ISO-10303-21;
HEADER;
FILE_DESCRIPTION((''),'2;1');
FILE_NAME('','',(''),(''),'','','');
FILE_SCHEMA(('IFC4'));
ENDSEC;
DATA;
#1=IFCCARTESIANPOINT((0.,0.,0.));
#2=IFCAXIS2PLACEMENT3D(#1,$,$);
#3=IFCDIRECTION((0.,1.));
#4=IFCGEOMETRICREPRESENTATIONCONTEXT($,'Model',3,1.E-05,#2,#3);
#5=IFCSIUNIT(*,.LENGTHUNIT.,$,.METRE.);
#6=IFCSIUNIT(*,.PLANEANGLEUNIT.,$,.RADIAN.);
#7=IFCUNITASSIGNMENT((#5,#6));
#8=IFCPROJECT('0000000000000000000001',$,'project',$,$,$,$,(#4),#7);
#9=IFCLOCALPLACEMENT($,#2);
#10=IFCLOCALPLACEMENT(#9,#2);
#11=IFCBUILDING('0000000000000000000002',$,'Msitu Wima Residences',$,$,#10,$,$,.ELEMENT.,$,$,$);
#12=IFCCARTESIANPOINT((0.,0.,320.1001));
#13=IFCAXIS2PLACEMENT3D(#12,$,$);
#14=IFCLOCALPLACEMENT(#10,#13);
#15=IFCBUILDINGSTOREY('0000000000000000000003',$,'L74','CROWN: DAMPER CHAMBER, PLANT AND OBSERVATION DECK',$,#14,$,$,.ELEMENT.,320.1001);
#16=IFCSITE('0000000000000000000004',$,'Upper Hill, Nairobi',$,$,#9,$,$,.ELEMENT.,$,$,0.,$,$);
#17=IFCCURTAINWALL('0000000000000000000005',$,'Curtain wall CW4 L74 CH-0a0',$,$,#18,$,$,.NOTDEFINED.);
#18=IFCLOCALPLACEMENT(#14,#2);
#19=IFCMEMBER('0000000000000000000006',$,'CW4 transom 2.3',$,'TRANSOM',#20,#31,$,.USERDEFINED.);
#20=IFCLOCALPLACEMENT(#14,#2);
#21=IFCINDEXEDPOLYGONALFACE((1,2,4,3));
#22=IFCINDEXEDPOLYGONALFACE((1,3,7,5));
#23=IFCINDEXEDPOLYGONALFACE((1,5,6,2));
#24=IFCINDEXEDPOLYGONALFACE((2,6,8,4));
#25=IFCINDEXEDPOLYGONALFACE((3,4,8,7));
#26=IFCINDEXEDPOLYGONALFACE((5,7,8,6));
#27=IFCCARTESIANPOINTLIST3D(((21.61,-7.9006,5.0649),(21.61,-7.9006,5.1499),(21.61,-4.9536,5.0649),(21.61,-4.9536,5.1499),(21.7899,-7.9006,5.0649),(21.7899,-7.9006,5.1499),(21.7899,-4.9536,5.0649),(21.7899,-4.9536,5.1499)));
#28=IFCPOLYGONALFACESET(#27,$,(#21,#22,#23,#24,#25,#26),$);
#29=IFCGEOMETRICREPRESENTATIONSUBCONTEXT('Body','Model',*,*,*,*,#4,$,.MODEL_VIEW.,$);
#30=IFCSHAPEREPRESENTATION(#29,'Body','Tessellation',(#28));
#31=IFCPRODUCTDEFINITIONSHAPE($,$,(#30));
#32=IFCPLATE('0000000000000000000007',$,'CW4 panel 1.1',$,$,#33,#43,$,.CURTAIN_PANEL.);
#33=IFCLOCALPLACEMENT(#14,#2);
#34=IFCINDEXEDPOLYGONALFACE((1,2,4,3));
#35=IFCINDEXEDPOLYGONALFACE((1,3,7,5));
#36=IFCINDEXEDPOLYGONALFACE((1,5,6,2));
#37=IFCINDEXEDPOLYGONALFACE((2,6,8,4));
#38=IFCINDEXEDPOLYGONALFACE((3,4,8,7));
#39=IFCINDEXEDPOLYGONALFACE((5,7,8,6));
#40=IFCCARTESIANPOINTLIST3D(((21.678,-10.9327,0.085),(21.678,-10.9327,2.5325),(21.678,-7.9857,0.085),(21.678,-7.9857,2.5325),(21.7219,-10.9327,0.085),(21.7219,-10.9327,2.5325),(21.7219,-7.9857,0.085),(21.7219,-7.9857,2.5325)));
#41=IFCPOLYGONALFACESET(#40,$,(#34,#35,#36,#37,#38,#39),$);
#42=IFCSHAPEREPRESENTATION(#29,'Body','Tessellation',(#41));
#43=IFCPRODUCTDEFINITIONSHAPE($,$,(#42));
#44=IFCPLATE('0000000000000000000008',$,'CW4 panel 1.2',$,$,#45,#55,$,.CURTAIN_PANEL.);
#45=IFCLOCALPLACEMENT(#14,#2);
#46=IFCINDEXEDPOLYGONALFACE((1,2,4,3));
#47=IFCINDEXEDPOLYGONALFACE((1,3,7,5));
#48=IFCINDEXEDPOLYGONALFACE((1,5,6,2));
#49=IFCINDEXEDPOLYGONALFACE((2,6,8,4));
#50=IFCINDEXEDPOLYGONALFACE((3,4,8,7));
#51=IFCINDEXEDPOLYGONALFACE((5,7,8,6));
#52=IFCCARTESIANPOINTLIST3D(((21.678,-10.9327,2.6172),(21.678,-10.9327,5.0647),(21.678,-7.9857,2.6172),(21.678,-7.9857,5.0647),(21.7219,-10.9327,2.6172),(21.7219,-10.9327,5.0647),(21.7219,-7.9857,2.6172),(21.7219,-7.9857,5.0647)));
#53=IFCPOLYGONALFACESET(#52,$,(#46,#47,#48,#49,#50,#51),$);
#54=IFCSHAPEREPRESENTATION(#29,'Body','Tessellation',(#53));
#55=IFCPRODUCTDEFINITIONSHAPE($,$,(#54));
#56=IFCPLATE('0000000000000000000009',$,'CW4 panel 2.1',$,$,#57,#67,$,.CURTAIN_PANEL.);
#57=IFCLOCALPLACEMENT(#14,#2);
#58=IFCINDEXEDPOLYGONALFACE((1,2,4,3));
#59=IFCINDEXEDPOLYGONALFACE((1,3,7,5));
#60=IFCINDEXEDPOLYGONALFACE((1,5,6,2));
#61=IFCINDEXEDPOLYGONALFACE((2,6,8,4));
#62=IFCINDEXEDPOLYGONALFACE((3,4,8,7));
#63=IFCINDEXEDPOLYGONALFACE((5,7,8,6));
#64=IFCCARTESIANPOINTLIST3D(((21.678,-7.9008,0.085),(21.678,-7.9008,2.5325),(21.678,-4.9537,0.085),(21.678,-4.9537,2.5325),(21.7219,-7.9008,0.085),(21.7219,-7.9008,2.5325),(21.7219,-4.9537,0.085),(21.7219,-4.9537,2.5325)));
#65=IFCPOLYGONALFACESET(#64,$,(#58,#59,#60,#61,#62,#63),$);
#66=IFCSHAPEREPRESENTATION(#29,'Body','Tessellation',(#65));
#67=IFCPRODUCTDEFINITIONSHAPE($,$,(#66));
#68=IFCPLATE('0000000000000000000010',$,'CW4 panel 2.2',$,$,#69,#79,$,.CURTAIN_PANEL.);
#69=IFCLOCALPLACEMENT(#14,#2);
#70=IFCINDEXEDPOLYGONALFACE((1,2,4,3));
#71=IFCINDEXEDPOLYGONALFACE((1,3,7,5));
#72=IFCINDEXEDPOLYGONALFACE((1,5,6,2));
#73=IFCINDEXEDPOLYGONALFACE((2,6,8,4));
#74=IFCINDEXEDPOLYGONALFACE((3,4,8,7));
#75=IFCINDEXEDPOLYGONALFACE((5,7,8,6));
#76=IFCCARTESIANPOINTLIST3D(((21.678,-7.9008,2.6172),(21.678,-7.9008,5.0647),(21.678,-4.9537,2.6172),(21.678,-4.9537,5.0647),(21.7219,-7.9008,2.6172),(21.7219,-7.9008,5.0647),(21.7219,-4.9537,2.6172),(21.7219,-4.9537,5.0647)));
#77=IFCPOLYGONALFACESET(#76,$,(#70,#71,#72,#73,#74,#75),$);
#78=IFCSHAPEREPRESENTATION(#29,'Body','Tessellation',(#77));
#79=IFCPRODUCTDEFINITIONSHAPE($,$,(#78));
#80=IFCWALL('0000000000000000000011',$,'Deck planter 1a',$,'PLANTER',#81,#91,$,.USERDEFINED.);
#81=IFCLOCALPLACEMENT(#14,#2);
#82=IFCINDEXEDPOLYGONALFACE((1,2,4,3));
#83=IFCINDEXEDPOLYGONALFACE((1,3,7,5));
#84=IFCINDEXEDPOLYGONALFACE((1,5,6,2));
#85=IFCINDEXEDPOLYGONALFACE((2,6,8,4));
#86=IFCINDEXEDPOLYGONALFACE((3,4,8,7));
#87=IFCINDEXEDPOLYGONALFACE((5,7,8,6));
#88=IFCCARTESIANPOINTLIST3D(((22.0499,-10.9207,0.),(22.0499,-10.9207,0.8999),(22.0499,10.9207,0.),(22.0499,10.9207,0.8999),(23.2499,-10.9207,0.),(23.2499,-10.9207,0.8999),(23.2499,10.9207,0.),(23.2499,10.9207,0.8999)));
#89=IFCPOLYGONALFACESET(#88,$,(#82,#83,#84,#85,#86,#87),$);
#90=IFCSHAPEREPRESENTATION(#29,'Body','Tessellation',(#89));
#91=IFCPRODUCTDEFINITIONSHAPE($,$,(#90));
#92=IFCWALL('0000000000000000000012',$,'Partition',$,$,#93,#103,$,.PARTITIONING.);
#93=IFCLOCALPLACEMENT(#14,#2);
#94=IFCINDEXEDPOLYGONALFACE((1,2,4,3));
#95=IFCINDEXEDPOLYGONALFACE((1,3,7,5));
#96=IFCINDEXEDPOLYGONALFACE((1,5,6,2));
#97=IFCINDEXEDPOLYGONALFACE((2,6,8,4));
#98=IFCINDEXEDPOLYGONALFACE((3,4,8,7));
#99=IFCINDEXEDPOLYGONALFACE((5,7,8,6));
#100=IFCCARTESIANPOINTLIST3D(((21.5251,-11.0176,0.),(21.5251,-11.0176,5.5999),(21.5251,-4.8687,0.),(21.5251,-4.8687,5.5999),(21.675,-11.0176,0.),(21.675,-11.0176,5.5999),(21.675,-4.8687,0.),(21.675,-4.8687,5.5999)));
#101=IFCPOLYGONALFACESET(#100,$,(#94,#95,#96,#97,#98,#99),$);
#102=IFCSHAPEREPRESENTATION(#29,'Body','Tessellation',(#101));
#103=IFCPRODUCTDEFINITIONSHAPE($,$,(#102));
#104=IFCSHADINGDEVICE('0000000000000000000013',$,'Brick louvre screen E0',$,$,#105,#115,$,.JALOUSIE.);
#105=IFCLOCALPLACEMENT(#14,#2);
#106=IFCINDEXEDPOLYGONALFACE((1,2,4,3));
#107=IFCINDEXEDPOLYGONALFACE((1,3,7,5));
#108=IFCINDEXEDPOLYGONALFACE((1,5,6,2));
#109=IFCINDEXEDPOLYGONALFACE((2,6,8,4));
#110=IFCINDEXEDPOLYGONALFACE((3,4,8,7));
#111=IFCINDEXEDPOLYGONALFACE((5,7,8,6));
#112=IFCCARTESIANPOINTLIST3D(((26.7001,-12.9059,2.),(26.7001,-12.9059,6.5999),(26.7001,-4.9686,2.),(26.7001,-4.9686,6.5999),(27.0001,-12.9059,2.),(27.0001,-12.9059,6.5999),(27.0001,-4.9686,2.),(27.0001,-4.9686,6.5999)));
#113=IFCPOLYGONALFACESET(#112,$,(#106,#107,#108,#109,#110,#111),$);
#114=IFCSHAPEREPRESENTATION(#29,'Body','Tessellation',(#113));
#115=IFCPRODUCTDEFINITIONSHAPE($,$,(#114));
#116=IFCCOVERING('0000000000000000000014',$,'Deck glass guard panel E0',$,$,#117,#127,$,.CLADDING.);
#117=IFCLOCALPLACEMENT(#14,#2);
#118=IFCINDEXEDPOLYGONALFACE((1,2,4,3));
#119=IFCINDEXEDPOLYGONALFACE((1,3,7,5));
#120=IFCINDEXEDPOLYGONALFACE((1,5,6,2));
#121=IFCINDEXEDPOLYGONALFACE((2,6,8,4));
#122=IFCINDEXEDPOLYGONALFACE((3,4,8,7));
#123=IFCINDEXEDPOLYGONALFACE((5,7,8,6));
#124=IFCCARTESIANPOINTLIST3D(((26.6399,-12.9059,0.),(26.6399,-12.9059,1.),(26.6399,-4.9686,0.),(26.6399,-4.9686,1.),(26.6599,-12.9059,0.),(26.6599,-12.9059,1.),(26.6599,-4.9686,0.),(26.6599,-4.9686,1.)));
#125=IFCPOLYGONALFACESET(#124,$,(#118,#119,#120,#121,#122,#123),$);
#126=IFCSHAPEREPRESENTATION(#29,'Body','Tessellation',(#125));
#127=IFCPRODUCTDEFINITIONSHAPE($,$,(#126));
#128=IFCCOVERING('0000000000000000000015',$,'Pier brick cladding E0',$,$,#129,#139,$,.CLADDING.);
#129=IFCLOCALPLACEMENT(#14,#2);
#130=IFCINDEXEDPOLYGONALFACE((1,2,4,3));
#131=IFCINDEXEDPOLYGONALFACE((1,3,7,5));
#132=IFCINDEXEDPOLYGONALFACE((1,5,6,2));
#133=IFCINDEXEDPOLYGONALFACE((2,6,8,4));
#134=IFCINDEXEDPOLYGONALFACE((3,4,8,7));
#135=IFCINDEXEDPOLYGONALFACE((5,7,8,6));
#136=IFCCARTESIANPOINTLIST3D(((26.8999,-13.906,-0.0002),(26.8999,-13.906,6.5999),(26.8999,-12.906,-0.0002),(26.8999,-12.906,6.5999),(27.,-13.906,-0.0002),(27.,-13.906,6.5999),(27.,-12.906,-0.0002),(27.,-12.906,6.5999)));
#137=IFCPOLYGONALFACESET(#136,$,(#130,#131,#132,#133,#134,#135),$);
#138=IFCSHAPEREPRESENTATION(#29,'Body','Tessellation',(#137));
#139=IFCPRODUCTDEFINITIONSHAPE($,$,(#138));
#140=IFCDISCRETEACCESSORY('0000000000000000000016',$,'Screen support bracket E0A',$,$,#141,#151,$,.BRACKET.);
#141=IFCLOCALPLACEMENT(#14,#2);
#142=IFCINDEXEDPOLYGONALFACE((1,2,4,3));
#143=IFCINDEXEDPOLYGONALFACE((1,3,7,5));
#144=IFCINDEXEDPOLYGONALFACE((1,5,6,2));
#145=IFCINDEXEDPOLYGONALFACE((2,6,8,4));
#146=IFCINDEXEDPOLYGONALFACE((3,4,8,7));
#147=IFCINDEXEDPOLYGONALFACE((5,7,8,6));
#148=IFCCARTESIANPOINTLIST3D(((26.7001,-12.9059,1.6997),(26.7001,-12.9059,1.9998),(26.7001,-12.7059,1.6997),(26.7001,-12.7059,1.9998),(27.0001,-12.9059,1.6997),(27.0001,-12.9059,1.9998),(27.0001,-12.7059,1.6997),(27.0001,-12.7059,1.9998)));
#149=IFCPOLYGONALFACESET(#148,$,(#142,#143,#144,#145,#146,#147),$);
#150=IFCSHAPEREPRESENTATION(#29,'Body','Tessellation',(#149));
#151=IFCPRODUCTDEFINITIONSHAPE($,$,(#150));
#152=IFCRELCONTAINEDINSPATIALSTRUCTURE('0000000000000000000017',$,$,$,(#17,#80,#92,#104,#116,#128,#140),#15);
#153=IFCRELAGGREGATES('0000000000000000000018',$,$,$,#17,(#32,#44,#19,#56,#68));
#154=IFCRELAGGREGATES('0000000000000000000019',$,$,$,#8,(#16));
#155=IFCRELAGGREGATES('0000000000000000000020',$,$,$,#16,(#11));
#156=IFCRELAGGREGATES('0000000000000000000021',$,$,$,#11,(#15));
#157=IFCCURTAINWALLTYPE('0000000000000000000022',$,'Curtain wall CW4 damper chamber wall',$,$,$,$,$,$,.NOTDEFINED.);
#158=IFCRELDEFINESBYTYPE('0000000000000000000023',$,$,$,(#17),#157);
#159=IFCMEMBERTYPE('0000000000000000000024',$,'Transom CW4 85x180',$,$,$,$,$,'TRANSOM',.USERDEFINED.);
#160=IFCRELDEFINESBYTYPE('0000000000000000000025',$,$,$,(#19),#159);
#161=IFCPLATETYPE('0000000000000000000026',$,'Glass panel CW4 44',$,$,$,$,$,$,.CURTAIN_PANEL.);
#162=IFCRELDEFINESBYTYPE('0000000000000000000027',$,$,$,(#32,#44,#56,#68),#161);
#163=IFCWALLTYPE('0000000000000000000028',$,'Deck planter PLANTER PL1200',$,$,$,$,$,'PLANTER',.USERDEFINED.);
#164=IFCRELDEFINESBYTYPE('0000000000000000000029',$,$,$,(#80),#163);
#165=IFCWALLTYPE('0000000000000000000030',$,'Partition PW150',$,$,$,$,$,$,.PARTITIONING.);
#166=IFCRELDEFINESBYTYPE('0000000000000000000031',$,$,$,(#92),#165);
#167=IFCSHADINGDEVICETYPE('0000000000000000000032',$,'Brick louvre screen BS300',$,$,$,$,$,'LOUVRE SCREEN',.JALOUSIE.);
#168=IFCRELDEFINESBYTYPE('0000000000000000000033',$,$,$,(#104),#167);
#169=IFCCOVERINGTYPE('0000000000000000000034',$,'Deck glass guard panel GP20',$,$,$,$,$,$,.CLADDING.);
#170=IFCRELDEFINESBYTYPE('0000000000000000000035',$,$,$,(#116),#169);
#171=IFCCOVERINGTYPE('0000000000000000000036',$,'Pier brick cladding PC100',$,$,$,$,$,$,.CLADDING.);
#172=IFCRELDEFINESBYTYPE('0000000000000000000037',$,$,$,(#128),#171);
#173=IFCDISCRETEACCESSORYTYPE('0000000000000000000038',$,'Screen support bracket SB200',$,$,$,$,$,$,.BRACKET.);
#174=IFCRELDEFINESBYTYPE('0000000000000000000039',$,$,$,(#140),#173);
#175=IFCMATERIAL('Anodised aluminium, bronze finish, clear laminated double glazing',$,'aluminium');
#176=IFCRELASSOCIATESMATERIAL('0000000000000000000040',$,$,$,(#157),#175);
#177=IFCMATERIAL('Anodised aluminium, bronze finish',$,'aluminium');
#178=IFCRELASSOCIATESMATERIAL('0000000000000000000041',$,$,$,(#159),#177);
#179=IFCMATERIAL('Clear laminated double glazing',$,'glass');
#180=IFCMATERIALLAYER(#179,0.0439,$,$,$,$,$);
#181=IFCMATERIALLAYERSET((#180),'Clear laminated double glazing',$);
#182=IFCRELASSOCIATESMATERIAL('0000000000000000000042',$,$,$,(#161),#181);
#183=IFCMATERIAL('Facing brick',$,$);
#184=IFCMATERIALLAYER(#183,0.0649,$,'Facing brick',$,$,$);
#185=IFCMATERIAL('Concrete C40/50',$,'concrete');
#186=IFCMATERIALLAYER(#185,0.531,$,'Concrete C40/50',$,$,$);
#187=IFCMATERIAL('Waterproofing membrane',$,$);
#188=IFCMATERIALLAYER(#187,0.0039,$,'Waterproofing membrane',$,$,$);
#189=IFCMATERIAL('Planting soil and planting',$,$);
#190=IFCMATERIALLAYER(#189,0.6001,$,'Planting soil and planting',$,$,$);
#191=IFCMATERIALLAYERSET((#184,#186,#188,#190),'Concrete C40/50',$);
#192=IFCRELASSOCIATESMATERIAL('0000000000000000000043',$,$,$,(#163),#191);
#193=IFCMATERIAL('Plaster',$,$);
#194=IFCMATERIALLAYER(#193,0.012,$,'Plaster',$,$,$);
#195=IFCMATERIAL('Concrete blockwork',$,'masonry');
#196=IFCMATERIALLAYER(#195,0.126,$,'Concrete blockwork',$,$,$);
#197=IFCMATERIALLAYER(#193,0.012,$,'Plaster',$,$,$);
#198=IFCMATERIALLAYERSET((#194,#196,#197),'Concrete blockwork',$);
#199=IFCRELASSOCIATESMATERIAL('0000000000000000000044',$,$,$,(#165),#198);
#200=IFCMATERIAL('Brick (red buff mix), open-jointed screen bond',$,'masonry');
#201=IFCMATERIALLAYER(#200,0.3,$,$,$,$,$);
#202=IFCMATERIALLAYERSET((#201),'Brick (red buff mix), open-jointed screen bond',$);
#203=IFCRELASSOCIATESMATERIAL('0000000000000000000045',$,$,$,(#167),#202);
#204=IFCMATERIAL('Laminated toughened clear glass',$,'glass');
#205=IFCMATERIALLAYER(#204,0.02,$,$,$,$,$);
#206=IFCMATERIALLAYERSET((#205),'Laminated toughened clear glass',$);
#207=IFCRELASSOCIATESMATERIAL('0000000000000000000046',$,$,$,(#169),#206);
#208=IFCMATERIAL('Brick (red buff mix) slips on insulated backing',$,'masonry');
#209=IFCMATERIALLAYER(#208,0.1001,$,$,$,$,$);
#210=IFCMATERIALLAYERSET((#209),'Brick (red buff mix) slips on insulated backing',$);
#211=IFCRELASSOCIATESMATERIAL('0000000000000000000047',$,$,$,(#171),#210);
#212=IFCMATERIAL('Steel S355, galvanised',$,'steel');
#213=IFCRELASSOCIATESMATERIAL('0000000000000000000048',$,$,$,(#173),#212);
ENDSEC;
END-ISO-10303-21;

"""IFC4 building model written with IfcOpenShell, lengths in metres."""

from ifc_helpers import new_model, si_unit, direction, frame, frame_2d, origin, origin_2d, place, context, subcontext, project, spatial, rectangle, extrude, material, layer, layer_set, material_profile, profile_set, type_object, element, aggregate, save


model = new_model("IFC4")

# Units and contexts
model_context = context("Model", 3, precision=1e-05, world=origin(), true_north=direction((0.0, 1.0)))
body_context = subcontext(model_context, "Body", "Model", "MODEL_VIEW")
ifc_project = project(units=[si_unit("LENGTHUNIT", "METRE"), si_unit("PLANEANGLEUNIT", "RADIAN")], contexts=[model_context])

# Site, building, storey
site_placement = place(None, origin())
site = spatial("IfcSite", under=ifc_project, at=site_placement, Name="Upper Hill, Nairobi", CompositionType="ELEMENT", RefElevation=0.0)
building_placement = place(site_placement, origin())
building = spatial("IfcBuilding", under=site, at=building_placement, Name="Msitu Wima Residences", CompositionType="ELEMENT")
storey_placement = place(building_placement, frame((0.0, 0.0, 320.1001)))
storey = spatial("IfcBuildingStorey", under=building, at=storey_placement, Name="L74", Description="CROWN: DAMPER CHAMBER, PLANT AND OBSERVATION DECK", CompositionType="ELEMENT", Elevation=320.1001)

# Curtain wall, member, plates
ifc_material_1 = material(Name="Anodised aluminium, bronze finish, clear laminated double glazing", Category="aluminium")
curtain_wall_type = type_object("IfcCurtainWallType", Name="Curtain wall CW4 damper chamber wall", PredefinedType="NOTDEFINED", material=ifc_material_1)
curtain_wall_placement = place(storey_placement, origin())
curtain_wall = element("IfcCurtainWall", 1, at=curtain_wall_placement, inside=storey, type_object=curtain_wall_type, Name="Curtain wall CW4 L74 CH-0a0", PredefinedType="NOTDEFINED")
ifc_material_2 = material(Name="Anodised aluminium, bronze finish", Category="aluminium")
ifc_material_profile_1 = material_profile(ifc_material_2, rectangle(XDim=0.1799, YDim=0.085, at=origin_2d()), Name="Transom 85x180")
ifc_profile_set_1 = profile_set([ifc_material_profile_1], Name="Anodised aluminium, bronze finish")
member_type_1 = type_object("IfcMemberType", Name="Transom CW4 85x180", ElementType="TRANSOM", PredefinedType="USERDEFINED", material=ifc_profile_set_1)
member_1_placement = place(storey_placement, frame((21.7, -7.9006, 5.1074), z_axis=(0.0, 1.0, 0.0), x_axis=(-1.0, 0.0, 0.0)))
member_1 = element("IfcMember", 2, at=member_1_placement, type_object=member_type_1, Name="CW4 transom 2.3", ObjectType="TRANSOM", PredefinedType="USERDEFINED", context=body_context, shape_type="SweptSolid", body=[
    extrude(rectangle(XDim=0.1799, YDim=0.085, at=origin_2d()), origin(), (0.0, 0.0, 1.0), 2.947),
])
ifc_material_3 = material(Name="Clear laminated double glazing", Category="glass")
ifc_layer_1 = layer(ifc_material_3, 0.0439)
ifc_layer_set_1 = layer_set([ifc_layer_1], Name="Clear laminated double glazing")
plate_type = type_object("IfcPlateType", Name="Glass panel CW4 44", PredefinedType="CURTAIN_PANEL", material=ifc_layer_set_1)
plate_1_placement = place(storey_placement, frame((21.7, -9.4592, 0.085), z_axis=(0.0, 0.0, 1.0), x_axis=(0.0, 1.0, 0.0)))
plate_1 = element("IfcPlate", 3, at=plate_1_placement, type_object=plate_type, Name="CW4 panel 1.1", PredefinedType="CURTAIN_PANEL", context=body_context, shape_type="SweptSolid", body=[
    extrude(rectangle(XDim=2.947, YDim=0.0439, at=origin_2d()), origin(), (0.0, 0.0, 1.0), 2.4475),
])
plate_2_placement = place(storey_placement, frame((21.7, -9.4592, 2.6172), z_axis=(0.0, 0.0, 1.0), x_axis=(0.0, 1.0, 0.0)))
plate_2 = element("IfcPlate", 4, at=plate_2_placement, type_object=plate_type, Name="CW4 panel 1.2", PredefinedType="CURTAIN_PANEL", context=body_context, shape_type="SweptSolid", body=[
    extrude(rectangle(XDim=2.947, YDim=0.0439, at=origin_2d()), origin(), (0.0, 0.0, 1.0), 2.4475),
])
plate_3_placement = place(storey_placement, frame((21.7, -6.4272, 0.085), z_axis=(0.0, 0.0, 1.0), x_axis=(0.0, 1.0, 0.0)))
plate_3 = element("IfcPlate", 5, at=plate_3_placement, type_object=plate_type, Name="CW4 panel 2.1", PredefinedType="CURTAIN_PANEL", context=body_context, shape_type="SweptSolid", body=[
    extrude(rectangle(XDim=2.947, YDim=0.0439, at=origin_2d()), origin(), (0.0, 0.0, 1.0), 2.4475),
])
plate_4_placement = place(storey_placement, frame((21.7, -6.4272, 2.6172), z_axis=(0.0, 0.0, 1.0), x_axis=(0.0, 1.0, 0.0)))
plate_4 = element("IfcPlate", 6, at=plate_4_placement, type_object=plate_type, Name="CW4 panel 2.2", PredefinedType="CURTAIN_PANEL", context=body_context, shape_type="SweptSolid", body=[
    extrude(rectangle(XDim=2.947, YDim=0.0439, at=origin_2d()), origin(), (0.0, 0.0, 1.0), 2.4475),
])
aggregate(curtain_wall, [plate_1, plate_2, member_1, plate_3, plate_4])

# Walls
ifc_material_4 = material(Name="Facing brick")
ifc_layer_2 = layer(ifc_material_4, 0.0649, Name="Facing brick")
ifc_material_5 = material(Name="Concrete C40/50", Category="concrete")
ifc_layer_3 = layer(ifc_material_5, 0.531, Name="Concrete C40/50")
ifc_material_6 = material(Name="Waterproofing membrane")
ifc_layer_4 = layer(ifc_material_6, 0.0039, Name="Waterproofing membrane")
ifc_material_7 = material(Name="Planting soil and planting")
ifc_layer_5 = layer(ifc_material_7, 0.6001, Name="Planting soil and planting")
ifc_layer_set_2 = layer_set([ifc_layer_2, ifc_layer_3, ifc_layer_4, ifc_layer_5], Name="Concrete C40/50")
wall_type_1 = type_object("IfcWallType", Name="Deck planter PLANTER PL1200", ElementType="PLANTER", PredefinedType="USERDEFINED", material=ifc_layer_set_2)
wall_1_placement = place(storey_placement, frame((22.6499, -10.9207, 0.0), z_axis=(0.0, 0.0, 1.0), x_axis=(0.0, 1.0, 0.0)))
element("IfcWall", 7, at=wall_1_placement, inside=storey, type_object=wall_type_1, Name="Deck planter 1a", ObjectType="PLANTER", PredefinedType="USERDEFINED", context=body_context, shape_type="SweptSolid", body=[
    extrude(rectangle(XDim=21.8413, YDim=1.2, at=frame_2d((10.9207, 0.0))), origin(), (0.0, 0.0, 1.0), 0.8999),
])
ifc_material_8 = material(Name="Plaster")
ifc_layer_6 = layer(ifc_material_8, 0.012, Name="Plaster")
ifc_material_9 = material(Name="Concrete blockwork", Category="masonry")
ifc_layer_7 = layer(ifc_material_9, 0.126, Name="Concrete blockwork")
ifc_layer_8 = layer(ifc_material_8, 0.012, Name="Plaster")
ifc_layer_set_3 = layer_set([ifc_layer_6, ifc_layer_7, ifc_layer_8], Name="Concrete blockwork")
wall_type_2 = type_object("IfcWallType", Name="Partition PW150", PredefinedType="PARTITIONING", material=ifc_layer_set_3)
wall_2_placement = place(storey_placement, frame((21.6001, -11.0176, 0.0), z_axis=(0.0, 0.0, 1.0), x_axis=(0.0, 1.0, 0.0)))
element("IfcWall", 8, at=wall_2_placement, inside=storey, type_object=wall_type_2, Name="Partition", PredefinedType="PARTITIONING", context=body_context, shape_type="SweptSolid", body=[
    extrude(rectangle(XDim=6.1489, YDim=0.1499, at=frame_2d((3.0745, 0.0))), origin(), (0.0, 0.0, 1.0), 5.5999),
])

# Shading device
ifc_material_10 = material(Name="Brick (red buff mix), open-jointed screen bond", Category="masonry")
ifc_layer_9 = layer(ifc_material_10, 0.3)
ifc_layer_set_4 = layer_set([ifc_layer_9], Name="Brick (red buff mix), open-jointed screen bond")
shading_device_type = type_object("IfcShadingDeviceType", Name="Brick louvre screen BS300", ElementType="LOUVRE SCREEN", PredefinedType="JALOUSIE", material=ifc_layer_set_4)
shading_device_placement = place(storey_placement, frame((26.8501, -12.906, 2.0), z_axis=(0.0, 0.0, 1.0), x_axis=(0.0, 1.0, 0.0)))
element("IfcShadingDevice", 9, at=shading_device_placement, inside=storey, type_object=shading_device_type, Name="Brick louvre screen E0", PredefinedType="JALOUSIE", context=body_context, shape_type="SweptSolid", body=[
    extrude(rectangle(XDim=7.9373, YDim=0.3, at=frame_2d((3.9688, 0.0))), origin(), (0.0, 0.0, 1.0), 4.5999),
])

# Coverings
ifc_material_11 = material(Name="Laminated toughened clear glass", Category="glass")
ifc_layer_10 = layer(ifc_material_11, 0.02)
ifc_layer_set_5 = layer_set([ifc_layer_10], Name="Laminated toughened clear glass")
covering_type_1 = type_object("IfcCoveringType", Name="Deck glass guard panel GP20", PredefinedType="CLADDING", material=ifc_layer_set_5)
covering_1_placement = place(storey_placement, frame((26.6499, -8.9373, 0.0), z_axis=(0.0, 0.0, 1.0), x_axis=(0.0, 1.0, 0.0)))
element("IfcCovering", 10, at=covering_1_placement, inside=storey, type_object=covering_type_1, Name="Deck glass guard panel E0", PredefinedType="CLADDING", context=body_context, shape_type="SweptSolid", body=[
    extrude(rectangle(XDim=7.9373, YDim=0.02, at=origin_2d()), origin(), (0.0, 0.0, 1.0), 1.0),
])
ifc_material_12 = material(Name="Brick (red buff mix) slips on insulated backing", Category="masonry")
ifc_layer_11 = layer(ifc_material_12, 0.1001)
ifc_layer_set_6 = layer_set([ifc_layer_11], Name="Brick (red buff mix) slips on insulated backing")
covering_type_2 = type_object("IfcCoveringType", Name="Pier brick cladding PC100", PredefinedType="CLADDING", material=ifc_layer_set_6)
covering_2_placement = place(storey_placement, frame((26.95, -13.406, -0.0002), z_axis=(0.0, 0.0, 1.0), x_axis=(0.0, 1.0, 0.0)))
element("IfcCovering", 11, at=covering_2_placement, inside=storey, type_object=covering_type_2, Name="Pier brick cladding E0", PredefinedType="CLADDING", context=body_context, shape_type="SweptSolid", body=[
    extrude(rectangle(XDim=1.0, YDim=0.1001, at=origin_2d()), origin(), (0.0, 0.0, 1.0), 6.6001),
])

# Discrete accessory
ifc_material_13 = material(Name="Steel S355, galvanised", Category="steel")
discrete_accessory_type = type_object("IfcDiscreteAccessoryType", Name="Screen support bracket SB200", PredefinedType="BRACKET", material=ifc_material_13)
discrete_accessory_placement = place(storey_placement, frame((26.8501, -12.8059, 1.6997), z_axis=(0.0, 0.0, 1.0), x_axis=(0.0, 1.0, 0.0)))
element("IfcDiscreteAccessory", 12, at=discrete_accessory_placement, inside=storey, type_object=discrete_accessory_type, Name="Screen support bracket E0A", PredefinedType="BRACKET", context=body_context, shape_type="SweptSolid", body=[
    extrude(rectangle(XDim=0.2, YDim=0.3, at=origin_2d()), origin(), (0.0, 0.0, 1.0), 0.3),
])

save(model, "model.ifc")
